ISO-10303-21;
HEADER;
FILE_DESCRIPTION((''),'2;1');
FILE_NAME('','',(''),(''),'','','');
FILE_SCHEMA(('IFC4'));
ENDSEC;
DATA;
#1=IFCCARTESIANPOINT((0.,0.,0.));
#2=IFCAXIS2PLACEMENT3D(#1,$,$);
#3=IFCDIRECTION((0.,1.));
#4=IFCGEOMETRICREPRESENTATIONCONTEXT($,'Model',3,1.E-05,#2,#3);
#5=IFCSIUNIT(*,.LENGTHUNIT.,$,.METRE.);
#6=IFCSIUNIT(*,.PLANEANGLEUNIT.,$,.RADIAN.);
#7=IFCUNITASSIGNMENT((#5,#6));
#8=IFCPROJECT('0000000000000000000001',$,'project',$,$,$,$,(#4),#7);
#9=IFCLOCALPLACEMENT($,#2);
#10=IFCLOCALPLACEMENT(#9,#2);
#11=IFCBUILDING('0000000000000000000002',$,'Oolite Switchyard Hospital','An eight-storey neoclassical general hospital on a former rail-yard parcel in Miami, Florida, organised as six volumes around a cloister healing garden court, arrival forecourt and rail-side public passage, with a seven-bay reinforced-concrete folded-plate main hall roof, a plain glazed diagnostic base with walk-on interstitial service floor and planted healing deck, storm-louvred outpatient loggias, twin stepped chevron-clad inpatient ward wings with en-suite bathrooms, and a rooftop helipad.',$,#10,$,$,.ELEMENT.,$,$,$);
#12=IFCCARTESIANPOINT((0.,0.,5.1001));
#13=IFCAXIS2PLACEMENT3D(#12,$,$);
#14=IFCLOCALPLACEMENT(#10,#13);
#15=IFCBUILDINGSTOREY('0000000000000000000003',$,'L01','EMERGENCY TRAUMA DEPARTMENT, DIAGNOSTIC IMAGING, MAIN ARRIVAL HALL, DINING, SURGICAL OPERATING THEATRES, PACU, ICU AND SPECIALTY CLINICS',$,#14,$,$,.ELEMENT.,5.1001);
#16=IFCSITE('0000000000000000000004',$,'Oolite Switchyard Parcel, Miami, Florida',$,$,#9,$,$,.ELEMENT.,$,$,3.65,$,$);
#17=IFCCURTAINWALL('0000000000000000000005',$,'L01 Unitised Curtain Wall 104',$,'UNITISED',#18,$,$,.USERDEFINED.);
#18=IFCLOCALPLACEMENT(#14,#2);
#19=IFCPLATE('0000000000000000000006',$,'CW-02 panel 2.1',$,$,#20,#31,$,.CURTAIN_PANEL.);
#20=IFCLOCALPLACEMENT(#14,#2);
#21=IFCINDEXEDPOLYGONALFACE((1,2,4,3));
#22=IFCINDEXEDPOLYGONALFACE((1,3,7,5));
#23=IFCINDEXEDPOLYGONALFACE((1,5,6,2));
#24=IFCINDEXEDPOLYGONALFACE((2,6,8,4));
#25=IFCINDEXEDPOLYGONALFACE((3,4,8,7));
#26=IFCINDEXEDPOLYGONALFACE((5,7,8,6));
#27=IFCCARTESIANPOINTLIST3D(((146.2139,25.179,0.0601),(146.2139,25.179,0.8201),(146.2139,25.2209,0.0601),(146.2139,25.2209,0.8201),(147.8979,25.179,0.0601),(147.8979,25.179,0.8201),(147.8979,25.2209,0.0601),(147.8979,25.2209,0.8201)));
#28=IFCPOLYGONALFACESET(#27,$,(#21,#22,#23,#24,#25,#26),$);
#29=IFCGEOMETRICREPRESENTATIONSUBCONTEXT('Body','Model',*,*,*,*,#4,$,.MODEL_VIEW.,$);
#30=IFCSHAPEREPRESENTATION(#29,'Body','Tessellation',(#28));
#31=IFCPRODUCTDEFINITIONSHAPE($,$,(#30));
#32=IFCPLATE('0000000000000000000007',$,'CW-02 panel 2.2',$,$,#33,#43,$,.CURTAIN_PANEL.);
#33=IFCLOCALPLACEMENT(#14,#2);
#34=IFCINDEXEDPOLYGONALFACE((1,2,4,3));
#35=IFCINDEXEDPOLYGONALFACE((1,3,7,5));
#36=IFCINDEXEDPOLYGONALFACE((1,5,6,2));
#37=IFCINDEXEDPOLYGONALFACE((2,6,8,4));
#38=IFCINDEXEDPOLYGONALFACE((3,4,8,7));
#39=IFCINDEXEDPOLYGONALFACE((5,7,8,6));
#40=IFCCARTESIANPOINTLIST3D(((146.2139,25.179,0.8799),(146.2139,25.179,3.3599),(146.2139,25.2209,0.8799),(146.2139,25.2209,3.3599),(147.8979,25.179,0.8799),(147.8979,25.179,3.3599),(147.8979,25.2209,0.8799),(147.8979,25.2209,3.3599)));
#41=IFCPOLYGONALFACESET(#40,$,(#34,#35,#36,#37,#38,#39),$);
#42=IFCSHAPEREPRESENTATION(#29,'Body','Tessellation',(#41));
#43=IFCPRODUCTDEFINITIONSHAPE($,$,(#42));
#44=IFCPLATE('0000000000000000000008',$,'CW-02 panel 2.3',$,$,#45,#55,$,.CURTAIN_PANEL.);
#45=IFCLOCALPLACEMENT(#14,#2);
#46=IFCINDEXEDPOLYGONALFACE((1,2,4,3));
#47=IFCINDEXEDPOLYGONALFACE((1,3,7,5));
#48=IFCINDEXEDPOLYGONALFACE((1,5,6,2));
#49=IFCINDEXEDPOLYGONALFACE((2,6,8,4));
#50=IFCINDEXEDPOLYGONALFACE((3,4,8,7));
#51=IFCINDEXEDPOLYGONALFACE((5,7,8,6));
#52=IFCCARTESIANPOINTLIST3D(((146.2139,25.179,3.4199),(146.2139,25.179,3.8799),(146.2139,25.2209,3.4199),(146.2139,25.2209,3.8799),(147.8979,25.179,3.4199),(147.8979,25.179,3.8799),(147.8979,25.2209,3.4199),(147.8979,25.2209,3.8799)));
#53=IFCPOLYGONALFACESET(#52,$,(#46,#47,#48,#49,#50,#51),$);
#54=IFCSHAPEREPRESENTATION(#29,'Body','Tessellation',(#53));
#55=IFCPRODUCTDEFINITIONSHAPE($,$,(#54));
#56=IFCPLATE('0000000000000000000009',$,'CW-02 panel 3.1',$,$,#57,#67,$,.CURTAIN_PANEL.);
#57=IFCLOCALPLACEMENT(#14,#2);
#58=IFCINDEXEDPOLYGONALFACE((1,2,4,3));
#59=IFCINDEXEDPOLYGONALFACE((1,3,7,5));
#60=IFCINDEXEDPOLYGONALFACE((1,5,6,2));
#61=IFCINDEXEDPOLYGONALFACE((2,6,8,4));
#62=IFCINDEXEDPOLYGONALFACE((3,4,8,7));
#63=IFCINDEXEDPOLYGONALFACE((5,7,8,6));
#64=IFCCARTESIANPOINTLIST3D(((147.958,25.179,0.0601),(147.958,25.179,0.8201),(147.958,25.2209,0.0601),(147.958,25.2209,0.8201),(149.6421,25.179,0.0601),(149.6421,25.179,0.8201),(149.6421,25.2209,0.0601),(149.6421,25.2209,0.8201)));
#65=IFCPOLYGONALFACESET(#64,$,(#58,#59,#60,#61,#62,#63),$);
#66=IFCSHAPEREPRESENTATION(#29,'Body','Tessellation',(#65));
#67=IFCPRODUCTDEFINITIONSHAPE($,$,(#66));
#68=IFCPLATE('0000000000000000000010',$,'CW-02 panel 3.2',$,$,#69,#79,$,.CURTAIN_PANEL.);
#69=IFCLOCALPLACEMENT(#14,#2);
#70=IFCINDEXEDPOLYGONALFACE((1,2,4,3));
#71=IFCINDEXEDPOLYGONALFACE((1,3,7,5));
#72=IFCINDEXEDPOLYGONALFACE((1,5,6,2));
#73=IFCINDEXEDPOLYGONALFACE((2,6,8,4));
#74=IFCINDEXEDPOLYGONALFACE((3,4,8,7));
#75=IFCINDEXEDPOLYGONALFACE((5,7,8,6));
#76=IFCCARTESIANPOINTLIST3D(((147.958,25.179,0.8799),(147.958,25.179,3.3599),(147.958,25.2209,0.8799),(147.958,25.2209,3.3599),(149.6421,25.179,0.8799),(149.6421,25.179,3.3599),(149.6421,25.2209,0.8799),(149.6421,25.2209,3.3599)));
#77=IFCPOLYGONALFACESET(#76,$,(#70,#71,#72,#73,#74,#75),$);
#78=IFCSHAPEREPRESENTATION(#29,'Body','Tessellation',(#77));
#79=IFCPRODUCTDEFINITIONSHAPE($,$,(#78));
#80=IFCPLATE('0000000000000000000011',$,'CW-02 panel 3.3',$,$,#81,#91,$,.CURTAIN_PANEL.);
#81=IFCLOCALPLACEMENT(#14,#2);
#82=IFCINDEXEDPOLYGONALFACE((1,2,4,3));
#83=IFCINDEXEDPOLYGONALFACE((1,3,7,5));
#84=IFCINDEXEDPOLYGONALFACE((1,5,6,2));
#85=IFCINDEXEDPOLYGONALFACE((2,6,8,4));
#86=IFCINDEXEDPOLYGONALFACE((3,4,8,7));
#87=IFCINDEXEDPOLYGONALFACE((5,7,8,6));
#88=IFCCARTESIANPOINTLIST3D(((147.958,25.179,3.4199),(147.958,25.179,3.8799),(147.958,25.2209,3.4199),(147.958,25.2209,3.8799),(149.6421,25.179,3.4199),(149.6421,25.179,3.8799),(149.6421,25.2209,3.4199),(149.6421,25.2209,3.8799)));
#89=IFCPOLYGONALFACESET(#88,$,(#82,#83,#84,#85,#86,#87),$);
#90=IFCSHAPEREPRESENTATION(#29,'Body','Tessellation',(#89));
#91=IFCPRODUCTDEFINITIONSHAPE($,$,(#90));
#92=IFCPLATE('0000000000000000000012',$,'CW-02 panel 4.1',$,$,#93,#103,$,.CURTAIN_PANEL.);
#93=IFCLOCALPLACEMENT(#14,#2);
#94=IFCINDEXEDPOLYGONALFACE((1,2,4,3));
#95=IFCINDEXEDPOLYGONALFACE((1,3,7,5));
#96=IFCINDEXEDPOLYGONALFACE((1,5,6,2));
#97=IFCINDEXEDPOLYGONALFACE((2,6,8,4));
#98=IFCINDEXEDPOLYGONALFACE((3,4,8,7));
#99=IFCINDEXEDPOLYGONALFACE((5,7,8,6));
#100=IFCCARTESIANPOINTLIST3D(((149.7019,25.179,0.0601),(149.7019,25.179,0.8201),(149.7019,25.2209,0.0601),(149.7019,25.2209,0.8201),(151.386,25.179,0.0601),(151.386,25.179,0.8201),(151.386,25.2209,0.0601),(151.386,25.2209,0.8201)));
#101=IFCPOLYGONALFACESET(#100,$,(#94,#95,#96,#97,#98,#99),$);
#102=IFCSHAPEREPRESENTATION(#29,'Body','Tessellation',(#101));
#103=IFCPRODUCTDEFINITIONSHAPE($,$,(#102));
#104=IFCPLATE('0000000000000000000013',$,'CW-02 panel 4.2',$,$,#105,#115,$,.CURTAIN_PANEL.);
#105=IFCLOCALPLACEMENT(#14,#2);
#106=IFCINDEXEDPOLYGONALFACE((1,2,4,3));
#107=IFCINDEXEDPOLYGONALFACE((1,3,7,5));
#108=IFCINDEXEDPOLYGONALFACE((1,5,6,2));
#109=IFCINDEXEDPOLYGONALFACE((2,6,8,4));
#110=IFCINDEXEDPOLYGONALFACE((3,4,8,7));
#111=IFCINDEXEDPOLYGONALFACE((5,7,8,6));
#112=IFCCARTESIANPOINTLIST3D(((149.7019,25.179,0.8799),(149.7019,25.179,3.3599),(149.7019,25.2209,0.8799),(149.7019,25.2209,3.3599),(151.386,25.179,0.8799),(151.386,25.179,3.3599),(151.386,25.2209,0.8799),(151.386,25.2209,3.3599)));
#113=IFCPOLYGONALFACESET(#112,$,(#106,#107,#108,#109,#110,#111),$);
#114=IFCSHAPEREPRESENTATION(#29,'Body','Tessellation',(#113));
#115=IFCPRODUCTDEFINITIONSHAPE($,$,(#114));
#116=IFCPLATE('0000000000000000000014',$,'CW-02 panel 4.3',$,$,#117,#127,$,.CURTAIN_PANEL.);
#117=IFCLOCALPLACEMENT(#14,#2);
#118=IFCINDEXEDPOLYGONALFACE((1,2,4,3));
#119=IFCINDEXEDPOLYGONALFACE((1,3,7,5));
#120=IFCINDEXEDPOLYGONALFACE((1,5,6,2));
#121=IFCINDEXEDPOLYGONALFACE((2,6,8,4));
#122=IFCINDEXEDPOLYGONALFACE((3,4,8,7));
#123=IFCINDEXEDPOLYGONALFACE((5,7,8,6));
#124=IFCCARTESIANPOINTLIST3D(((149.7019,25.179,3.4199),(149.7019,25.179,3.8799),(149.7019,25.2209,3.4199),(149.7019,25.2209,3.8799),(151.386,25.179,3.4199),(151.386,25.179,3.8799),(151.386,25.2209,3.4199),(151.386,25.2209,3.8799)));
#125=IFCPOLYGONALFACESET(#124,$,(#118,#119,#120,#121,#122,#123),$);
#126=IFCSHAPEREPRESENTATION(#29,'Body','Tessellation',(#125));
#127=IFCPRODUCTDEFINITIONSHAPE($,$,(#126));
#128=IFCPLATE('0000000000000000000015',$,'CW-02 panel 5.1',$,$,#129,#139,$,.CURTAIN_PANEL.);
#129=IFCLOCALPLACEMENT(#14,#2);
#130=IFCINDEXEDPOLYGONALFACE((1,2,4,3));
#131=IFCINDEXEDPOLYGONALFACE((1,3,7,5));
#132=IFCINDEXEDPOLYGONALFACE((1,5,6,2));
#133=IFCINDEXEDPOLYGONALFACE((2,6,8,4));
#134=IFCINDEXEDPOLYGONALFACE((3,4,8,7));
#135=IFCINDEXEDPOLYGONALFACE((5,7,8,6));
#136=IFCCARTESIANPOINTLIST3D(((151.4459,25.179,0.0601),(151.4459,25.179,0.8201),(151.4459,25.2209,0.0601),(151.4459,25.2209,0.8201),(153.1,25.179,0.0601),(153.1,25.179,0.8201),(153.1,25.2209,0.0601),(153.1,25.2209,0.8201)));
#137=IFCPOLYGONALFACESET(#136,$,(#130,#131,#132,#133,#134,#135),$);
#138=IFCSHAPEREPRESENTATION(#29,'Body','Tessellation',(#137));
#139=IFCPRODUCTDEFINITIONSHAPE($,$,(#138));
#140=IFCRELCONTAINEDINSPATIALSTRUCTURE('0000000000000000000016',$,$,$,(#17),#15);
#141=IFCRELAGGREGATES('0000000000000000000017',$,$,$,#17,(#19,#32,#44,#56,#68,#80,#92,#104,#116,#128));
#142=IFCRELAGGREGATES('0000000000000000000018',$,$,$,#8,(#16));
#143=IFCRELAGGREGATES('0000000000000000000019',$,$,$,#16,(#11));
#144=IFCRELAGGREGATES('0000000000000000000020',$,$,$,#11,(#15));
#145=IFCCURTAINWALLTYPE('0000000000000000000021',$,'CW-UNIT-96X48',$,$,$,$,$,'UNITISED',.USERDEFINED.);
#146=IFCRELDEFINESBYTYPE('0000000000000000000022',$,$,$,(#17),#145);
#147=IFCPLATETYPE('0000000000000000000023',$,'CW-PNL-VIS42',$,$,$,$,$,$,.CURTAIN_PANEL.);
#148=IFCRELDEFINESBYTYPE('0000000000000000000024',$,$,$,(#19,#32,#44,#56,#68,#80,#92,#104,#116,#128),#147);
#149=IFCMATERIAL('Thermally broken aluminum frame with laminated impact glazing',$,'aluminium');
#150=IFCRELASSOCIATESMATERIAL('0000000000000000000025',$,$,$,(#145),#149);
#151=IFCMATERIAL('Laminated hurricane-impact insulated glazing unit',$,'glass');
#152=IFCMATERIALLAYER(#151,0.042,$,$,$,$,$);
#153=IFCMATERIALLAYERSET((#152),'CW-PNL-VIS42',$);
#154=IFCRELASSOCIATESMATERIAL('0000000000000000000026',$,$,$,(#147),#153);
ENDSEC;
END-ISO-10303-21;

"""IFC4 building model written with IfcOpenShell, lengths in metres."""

from ifc_helpers import new_model, si_unit, direction, frame, origin, origin_2d, place, context, subcontext, project, spatial, rectangle, extrude, material, layer, layer_set, type_object, element, aggregate, save


model = new_model("IFC4")

# Units and contexts
model_context = context("Model", 3, precision=1e-05, world=origin(), true_north=direction((0.0, 1.0)))
body_context = subcontext(model_context, "Body", "Model", "MODEL_VIEW")
ifc_project = project(units=[si_unit("LENGTHUNIT", "METRE"), si_unit("PLANEANGLEUNIT", "RADIAN")], contexts=[model_context])

# Site, building, storey
site_placement = place(None, origin())
site = spatial("IfcSite", under=ifc_project, at=site_placement, Name="Oolite Switchyard Parcel, Miami, Florida", CompositionType="ELEMENT", RefElevation=3.65)
building_placement = place(site_placement, origin())
building = spatial("IfcBuilding", under=site, at=building_placement, Name="Oolite Switchyard Hospital", Description="An eight-storey neoclassical general hospital on a former rail-yard parcel in Miami, Florida, organised as six volumes around a cloister healing garden court, arrival forecourt and rail-side public passage, with a seven-bay reinforced-concrete folded-plate main hall roof, a plain glazed diagnostic base with walk-on interstitial service floor and planted healing deck, storm-louvred outpatient loggias, twin stepped chevron-clad inpatient ward wings with en-suite bathrooms, and a rooftop helipad.", CompositionType="ELEMENT")
storey_placement = place(building_placement, frame((0.0, 0.0, 5.1001)))
storey = spatial("IfcBuildingStorey", under=building, at=storey_placement, Name="L01", Description="EMERGENCY TRAUMA DEPARTMENT, DIAGNOSTIC IMAGING, MAIN ARRIVAL HALL, DINING, SURGICAL OPERATING THEATRES, PACU, ICU AND SPECIALTY CLINICS", CompositionType="ELEMENT", Elevation=5.1001)

# Curtain wall, plates
ifc_material_1 = material(Name="Thermally broken aluminum frame with laminated impact glazing", Category="aluminium")
curtain_wall_type = type_object("IfcCurtainWallType", Name="CW-UNIT-96X48", ElementType="UNITISED", PredefinedType="USERDEFINED", material=ifc_material_1)
curtain_wall_placement = place(storey_placement, origin())
curtain_wall = element("IfcCurtainWall", 1, at=curtain_wall_placement, inside=storey, type_object=curtain_wall_type, Name="L01 Unitised Curtain Wall 104", ObjectType="UNITISED", PredefinedType="USERDEFINED")
ifc_material_2 = material(Name="Laminated hurricane-impact insulated glazing unit", Category="glass")
ifc_layer = layer(ifc_material_2, 0.042)
ifc_layer_set = layer_set([ifc_layer], Name="CW-PNL-VIS42")
plate_type = type_object("IfcPlateType", Name="CW-PNL-VIS42", PredefinedType="CURTAIN_PANEL", material=ifc_layer_set)
plate_1_placement = place(storey_placement, frame((147.0559, 25.2, 0.0601), z_axis=(0.0, 0.0, 1.0), x_axis=(1.0, 0.0, 0.0)))
plate_1 = element("IfcPlate", 2, at=plate_1_placement, type_object=plate_type, Name="CW-02 panel 2.1", PredefinedType="CURTAIN_PANEL", context=body_context, shape_type="SweptSolid", body=[
    extrude(rectangle(XDim=1.6841, YDim=0.042, at=origin_2d()), origin(), (0.0, 0.0, 1.0), 0.76),
])
plate_2_placement = place(storey_placement, frame((147.0559, 25.2, 0.8799), z_axis=(0.0, 0.0, 1.0), x_axis=(1.0, 0.0, 0.0)))
plate_2 = element("IfcPlate", 3, at=plate_2_placement, type_object=plate_type, Name="CW-02 panel 2.2", PredefinedType="CURTAIN_PANEL", context=body_context, shape_type="SweptSolid", body=[
    extrude(rectangle(XDim=1.6841, YDim=0.042, at=origin_2d()), origin(), (0.0, 0.0, 1.0), 2.48),
])
plate_3_placement = place(storey_placement, frame((147.0559, 25.2, 3.4199), z_axis=(0.0, 0.0, 1.0), x_axis=(1.0, 0.0, 0.0)))
plate_3 = element("IfcPlate", 4, at=plate_3_placement, type_object=plate_type, Name="CW-02 panel 2.3", PredefinedType="CURTAIN_PANEL", context=body_context, shape_type="SweptSolid", body=[
    extrude(rectangle(XDim=1.6841, YDim=0.042, at=origin_2d()), origin(), (0.0, 0.0, 1.0), 0.46),
])
plate_4_placement = place(storey_placement, frame((148.8, 25.2, 0.0601), z_axis=(0.0, 0.0, 1.0), x_axis=(1.0, 0.0, 0.0)))
plate_4 = element("IfcPlate", 5, at=plate_4_placement, type_object=plate_type, Name="CW-02 panel 3.1", PredefinedType="CURTAIN_PANEL", context=body_context, shape_type="SweptSolid", body=[
    extrude(rectangle(XDim=1.6841, YDim=0.042, at=origin_2d()), origin(), (0.0, 0.0, 1.0), 0.76),
])
plate_5_placement = place(storey_placement, frame((148.8, 25.2, 0.8799), z_axis=(0.0, 0.0, 1.0), x_axis=(1.0, 0.0, 0.0)))
plate_5 = element("IfcPlate", 6, at=plate_5_placement, type_object=plate_type, Name="CW-02 panel 3.2", PredefinedType="CURTAIN_PANEL", context=body_context, shape_type="SweptSolid", body=[
    extrude(rectangle(XDim=1.6841, YDim=0.042, at=origin_2d()), origin(), (0.0, 0.0, 1.0), 2.48),
])
plate_6_placement = place(storey_placement, frame((148.8, 25.2, 3.4199), z_axis=(0.0, 0.0, 1.0), x_axis=(1.0, 0.0, 0.0)))
plate_6 = element("IfcPlate", 7, at=plate_6_placement, type_object=plate_type, Name="CW-02 panel 3.3", PredefinedType="CURTAIN_PANEL", context=body_context, shape_type="SweptSolid", body=[
    extrude(rectangle(XDim=1.6841, YDim=0.042, at=origin_2d()), origin(), (0.0, 0.0, 1.0), 0.46),
])
plate_7_placement = place(storey_placement, frame((150.5439, 25.2, 0.0601), z_axis=(0.0, 0.0, 1.0), x_axis=(1.0, 0.0, 0.0)))
plate_7 = element("IfcPlate", 8, at=plate_7_placement, type_object=plate_type, Name="CW-02 panel 4.1", PredefinedType="CURTAIN_PANEL", context=body_context, shape_type="SweptSolid", body=[
    extrude(rectangle(XDim=1.6841, YDim=0.042, at=origin_2d()), origin(), (0.0, 0.0, 1.0), 0.76),
])
plate_8_placement = place(storey_placement, frame((150.5439, 25.2, 0.8799), z_axis=(0.0, 0.0, 1.0), x_axis=(1.0, 0.0, 0.0)))
plate_8 = element("IfcPlate", 9, at=plate_8_placement, type_object=plate_type, Name="CW-02 panel 4.2", PredefinedType="CURTAIN_PANEL", context=body_context, shape_type="SweptSolid", body=[
    extrude(rectangle(XDim=1.6841, YDim=0.042, at=origin_2d()), origin(), (0.0, 0.0, 1.0), 2.48),
])
plate_9_placement = place(storey_placement, frame((150.5439, 25.2, 3.4199), z_axis=(0.0, 0.0, 1.0), x_axis=(1.0, 0.0, 0.0)))
plate_9 = element("IfcPlate", 10, at=plate_9_placement, type_object=plate_type, Name="CW-02 panel 4.3", PredefinedType="CURTAIN_PANEL", context=body_context, shape_type="SweptSolid", body=[
    extrude(rectangle(XDim=1.6841, YDim=0.042, at=origin_2d()), origin(), (0.0, 0.0, 1.0), 0.46),
])
plate_10_placement = place(storey_placement, frame((152.2729, 25.2, 0.0601), z_axis=(0.0, 0.0, 1.0), x_axis=(1.0, 0.0, 0.0)))
plate_10 = element("IfcPlate", 11, at=plate_10_placement, type_object=plate_type, Name="CW-02 panel 5.1", PredefinedType="CURTAIN_PANEL", context=body_context, shape_type="SweptSolid", body=[
    extrude(rectangle(XDim=1.6541, YDim=0.042, at=origin_2d()), origin(), (0.0, 0.0, 1.0), 0.76),
])
aggregate(curtain_wall, [plate_1, plate_2, plate_3, plate_4, plate_5, plate_6, plate_7, plate_8, plate_9, plate_10])

save(model, "model.ifc")
